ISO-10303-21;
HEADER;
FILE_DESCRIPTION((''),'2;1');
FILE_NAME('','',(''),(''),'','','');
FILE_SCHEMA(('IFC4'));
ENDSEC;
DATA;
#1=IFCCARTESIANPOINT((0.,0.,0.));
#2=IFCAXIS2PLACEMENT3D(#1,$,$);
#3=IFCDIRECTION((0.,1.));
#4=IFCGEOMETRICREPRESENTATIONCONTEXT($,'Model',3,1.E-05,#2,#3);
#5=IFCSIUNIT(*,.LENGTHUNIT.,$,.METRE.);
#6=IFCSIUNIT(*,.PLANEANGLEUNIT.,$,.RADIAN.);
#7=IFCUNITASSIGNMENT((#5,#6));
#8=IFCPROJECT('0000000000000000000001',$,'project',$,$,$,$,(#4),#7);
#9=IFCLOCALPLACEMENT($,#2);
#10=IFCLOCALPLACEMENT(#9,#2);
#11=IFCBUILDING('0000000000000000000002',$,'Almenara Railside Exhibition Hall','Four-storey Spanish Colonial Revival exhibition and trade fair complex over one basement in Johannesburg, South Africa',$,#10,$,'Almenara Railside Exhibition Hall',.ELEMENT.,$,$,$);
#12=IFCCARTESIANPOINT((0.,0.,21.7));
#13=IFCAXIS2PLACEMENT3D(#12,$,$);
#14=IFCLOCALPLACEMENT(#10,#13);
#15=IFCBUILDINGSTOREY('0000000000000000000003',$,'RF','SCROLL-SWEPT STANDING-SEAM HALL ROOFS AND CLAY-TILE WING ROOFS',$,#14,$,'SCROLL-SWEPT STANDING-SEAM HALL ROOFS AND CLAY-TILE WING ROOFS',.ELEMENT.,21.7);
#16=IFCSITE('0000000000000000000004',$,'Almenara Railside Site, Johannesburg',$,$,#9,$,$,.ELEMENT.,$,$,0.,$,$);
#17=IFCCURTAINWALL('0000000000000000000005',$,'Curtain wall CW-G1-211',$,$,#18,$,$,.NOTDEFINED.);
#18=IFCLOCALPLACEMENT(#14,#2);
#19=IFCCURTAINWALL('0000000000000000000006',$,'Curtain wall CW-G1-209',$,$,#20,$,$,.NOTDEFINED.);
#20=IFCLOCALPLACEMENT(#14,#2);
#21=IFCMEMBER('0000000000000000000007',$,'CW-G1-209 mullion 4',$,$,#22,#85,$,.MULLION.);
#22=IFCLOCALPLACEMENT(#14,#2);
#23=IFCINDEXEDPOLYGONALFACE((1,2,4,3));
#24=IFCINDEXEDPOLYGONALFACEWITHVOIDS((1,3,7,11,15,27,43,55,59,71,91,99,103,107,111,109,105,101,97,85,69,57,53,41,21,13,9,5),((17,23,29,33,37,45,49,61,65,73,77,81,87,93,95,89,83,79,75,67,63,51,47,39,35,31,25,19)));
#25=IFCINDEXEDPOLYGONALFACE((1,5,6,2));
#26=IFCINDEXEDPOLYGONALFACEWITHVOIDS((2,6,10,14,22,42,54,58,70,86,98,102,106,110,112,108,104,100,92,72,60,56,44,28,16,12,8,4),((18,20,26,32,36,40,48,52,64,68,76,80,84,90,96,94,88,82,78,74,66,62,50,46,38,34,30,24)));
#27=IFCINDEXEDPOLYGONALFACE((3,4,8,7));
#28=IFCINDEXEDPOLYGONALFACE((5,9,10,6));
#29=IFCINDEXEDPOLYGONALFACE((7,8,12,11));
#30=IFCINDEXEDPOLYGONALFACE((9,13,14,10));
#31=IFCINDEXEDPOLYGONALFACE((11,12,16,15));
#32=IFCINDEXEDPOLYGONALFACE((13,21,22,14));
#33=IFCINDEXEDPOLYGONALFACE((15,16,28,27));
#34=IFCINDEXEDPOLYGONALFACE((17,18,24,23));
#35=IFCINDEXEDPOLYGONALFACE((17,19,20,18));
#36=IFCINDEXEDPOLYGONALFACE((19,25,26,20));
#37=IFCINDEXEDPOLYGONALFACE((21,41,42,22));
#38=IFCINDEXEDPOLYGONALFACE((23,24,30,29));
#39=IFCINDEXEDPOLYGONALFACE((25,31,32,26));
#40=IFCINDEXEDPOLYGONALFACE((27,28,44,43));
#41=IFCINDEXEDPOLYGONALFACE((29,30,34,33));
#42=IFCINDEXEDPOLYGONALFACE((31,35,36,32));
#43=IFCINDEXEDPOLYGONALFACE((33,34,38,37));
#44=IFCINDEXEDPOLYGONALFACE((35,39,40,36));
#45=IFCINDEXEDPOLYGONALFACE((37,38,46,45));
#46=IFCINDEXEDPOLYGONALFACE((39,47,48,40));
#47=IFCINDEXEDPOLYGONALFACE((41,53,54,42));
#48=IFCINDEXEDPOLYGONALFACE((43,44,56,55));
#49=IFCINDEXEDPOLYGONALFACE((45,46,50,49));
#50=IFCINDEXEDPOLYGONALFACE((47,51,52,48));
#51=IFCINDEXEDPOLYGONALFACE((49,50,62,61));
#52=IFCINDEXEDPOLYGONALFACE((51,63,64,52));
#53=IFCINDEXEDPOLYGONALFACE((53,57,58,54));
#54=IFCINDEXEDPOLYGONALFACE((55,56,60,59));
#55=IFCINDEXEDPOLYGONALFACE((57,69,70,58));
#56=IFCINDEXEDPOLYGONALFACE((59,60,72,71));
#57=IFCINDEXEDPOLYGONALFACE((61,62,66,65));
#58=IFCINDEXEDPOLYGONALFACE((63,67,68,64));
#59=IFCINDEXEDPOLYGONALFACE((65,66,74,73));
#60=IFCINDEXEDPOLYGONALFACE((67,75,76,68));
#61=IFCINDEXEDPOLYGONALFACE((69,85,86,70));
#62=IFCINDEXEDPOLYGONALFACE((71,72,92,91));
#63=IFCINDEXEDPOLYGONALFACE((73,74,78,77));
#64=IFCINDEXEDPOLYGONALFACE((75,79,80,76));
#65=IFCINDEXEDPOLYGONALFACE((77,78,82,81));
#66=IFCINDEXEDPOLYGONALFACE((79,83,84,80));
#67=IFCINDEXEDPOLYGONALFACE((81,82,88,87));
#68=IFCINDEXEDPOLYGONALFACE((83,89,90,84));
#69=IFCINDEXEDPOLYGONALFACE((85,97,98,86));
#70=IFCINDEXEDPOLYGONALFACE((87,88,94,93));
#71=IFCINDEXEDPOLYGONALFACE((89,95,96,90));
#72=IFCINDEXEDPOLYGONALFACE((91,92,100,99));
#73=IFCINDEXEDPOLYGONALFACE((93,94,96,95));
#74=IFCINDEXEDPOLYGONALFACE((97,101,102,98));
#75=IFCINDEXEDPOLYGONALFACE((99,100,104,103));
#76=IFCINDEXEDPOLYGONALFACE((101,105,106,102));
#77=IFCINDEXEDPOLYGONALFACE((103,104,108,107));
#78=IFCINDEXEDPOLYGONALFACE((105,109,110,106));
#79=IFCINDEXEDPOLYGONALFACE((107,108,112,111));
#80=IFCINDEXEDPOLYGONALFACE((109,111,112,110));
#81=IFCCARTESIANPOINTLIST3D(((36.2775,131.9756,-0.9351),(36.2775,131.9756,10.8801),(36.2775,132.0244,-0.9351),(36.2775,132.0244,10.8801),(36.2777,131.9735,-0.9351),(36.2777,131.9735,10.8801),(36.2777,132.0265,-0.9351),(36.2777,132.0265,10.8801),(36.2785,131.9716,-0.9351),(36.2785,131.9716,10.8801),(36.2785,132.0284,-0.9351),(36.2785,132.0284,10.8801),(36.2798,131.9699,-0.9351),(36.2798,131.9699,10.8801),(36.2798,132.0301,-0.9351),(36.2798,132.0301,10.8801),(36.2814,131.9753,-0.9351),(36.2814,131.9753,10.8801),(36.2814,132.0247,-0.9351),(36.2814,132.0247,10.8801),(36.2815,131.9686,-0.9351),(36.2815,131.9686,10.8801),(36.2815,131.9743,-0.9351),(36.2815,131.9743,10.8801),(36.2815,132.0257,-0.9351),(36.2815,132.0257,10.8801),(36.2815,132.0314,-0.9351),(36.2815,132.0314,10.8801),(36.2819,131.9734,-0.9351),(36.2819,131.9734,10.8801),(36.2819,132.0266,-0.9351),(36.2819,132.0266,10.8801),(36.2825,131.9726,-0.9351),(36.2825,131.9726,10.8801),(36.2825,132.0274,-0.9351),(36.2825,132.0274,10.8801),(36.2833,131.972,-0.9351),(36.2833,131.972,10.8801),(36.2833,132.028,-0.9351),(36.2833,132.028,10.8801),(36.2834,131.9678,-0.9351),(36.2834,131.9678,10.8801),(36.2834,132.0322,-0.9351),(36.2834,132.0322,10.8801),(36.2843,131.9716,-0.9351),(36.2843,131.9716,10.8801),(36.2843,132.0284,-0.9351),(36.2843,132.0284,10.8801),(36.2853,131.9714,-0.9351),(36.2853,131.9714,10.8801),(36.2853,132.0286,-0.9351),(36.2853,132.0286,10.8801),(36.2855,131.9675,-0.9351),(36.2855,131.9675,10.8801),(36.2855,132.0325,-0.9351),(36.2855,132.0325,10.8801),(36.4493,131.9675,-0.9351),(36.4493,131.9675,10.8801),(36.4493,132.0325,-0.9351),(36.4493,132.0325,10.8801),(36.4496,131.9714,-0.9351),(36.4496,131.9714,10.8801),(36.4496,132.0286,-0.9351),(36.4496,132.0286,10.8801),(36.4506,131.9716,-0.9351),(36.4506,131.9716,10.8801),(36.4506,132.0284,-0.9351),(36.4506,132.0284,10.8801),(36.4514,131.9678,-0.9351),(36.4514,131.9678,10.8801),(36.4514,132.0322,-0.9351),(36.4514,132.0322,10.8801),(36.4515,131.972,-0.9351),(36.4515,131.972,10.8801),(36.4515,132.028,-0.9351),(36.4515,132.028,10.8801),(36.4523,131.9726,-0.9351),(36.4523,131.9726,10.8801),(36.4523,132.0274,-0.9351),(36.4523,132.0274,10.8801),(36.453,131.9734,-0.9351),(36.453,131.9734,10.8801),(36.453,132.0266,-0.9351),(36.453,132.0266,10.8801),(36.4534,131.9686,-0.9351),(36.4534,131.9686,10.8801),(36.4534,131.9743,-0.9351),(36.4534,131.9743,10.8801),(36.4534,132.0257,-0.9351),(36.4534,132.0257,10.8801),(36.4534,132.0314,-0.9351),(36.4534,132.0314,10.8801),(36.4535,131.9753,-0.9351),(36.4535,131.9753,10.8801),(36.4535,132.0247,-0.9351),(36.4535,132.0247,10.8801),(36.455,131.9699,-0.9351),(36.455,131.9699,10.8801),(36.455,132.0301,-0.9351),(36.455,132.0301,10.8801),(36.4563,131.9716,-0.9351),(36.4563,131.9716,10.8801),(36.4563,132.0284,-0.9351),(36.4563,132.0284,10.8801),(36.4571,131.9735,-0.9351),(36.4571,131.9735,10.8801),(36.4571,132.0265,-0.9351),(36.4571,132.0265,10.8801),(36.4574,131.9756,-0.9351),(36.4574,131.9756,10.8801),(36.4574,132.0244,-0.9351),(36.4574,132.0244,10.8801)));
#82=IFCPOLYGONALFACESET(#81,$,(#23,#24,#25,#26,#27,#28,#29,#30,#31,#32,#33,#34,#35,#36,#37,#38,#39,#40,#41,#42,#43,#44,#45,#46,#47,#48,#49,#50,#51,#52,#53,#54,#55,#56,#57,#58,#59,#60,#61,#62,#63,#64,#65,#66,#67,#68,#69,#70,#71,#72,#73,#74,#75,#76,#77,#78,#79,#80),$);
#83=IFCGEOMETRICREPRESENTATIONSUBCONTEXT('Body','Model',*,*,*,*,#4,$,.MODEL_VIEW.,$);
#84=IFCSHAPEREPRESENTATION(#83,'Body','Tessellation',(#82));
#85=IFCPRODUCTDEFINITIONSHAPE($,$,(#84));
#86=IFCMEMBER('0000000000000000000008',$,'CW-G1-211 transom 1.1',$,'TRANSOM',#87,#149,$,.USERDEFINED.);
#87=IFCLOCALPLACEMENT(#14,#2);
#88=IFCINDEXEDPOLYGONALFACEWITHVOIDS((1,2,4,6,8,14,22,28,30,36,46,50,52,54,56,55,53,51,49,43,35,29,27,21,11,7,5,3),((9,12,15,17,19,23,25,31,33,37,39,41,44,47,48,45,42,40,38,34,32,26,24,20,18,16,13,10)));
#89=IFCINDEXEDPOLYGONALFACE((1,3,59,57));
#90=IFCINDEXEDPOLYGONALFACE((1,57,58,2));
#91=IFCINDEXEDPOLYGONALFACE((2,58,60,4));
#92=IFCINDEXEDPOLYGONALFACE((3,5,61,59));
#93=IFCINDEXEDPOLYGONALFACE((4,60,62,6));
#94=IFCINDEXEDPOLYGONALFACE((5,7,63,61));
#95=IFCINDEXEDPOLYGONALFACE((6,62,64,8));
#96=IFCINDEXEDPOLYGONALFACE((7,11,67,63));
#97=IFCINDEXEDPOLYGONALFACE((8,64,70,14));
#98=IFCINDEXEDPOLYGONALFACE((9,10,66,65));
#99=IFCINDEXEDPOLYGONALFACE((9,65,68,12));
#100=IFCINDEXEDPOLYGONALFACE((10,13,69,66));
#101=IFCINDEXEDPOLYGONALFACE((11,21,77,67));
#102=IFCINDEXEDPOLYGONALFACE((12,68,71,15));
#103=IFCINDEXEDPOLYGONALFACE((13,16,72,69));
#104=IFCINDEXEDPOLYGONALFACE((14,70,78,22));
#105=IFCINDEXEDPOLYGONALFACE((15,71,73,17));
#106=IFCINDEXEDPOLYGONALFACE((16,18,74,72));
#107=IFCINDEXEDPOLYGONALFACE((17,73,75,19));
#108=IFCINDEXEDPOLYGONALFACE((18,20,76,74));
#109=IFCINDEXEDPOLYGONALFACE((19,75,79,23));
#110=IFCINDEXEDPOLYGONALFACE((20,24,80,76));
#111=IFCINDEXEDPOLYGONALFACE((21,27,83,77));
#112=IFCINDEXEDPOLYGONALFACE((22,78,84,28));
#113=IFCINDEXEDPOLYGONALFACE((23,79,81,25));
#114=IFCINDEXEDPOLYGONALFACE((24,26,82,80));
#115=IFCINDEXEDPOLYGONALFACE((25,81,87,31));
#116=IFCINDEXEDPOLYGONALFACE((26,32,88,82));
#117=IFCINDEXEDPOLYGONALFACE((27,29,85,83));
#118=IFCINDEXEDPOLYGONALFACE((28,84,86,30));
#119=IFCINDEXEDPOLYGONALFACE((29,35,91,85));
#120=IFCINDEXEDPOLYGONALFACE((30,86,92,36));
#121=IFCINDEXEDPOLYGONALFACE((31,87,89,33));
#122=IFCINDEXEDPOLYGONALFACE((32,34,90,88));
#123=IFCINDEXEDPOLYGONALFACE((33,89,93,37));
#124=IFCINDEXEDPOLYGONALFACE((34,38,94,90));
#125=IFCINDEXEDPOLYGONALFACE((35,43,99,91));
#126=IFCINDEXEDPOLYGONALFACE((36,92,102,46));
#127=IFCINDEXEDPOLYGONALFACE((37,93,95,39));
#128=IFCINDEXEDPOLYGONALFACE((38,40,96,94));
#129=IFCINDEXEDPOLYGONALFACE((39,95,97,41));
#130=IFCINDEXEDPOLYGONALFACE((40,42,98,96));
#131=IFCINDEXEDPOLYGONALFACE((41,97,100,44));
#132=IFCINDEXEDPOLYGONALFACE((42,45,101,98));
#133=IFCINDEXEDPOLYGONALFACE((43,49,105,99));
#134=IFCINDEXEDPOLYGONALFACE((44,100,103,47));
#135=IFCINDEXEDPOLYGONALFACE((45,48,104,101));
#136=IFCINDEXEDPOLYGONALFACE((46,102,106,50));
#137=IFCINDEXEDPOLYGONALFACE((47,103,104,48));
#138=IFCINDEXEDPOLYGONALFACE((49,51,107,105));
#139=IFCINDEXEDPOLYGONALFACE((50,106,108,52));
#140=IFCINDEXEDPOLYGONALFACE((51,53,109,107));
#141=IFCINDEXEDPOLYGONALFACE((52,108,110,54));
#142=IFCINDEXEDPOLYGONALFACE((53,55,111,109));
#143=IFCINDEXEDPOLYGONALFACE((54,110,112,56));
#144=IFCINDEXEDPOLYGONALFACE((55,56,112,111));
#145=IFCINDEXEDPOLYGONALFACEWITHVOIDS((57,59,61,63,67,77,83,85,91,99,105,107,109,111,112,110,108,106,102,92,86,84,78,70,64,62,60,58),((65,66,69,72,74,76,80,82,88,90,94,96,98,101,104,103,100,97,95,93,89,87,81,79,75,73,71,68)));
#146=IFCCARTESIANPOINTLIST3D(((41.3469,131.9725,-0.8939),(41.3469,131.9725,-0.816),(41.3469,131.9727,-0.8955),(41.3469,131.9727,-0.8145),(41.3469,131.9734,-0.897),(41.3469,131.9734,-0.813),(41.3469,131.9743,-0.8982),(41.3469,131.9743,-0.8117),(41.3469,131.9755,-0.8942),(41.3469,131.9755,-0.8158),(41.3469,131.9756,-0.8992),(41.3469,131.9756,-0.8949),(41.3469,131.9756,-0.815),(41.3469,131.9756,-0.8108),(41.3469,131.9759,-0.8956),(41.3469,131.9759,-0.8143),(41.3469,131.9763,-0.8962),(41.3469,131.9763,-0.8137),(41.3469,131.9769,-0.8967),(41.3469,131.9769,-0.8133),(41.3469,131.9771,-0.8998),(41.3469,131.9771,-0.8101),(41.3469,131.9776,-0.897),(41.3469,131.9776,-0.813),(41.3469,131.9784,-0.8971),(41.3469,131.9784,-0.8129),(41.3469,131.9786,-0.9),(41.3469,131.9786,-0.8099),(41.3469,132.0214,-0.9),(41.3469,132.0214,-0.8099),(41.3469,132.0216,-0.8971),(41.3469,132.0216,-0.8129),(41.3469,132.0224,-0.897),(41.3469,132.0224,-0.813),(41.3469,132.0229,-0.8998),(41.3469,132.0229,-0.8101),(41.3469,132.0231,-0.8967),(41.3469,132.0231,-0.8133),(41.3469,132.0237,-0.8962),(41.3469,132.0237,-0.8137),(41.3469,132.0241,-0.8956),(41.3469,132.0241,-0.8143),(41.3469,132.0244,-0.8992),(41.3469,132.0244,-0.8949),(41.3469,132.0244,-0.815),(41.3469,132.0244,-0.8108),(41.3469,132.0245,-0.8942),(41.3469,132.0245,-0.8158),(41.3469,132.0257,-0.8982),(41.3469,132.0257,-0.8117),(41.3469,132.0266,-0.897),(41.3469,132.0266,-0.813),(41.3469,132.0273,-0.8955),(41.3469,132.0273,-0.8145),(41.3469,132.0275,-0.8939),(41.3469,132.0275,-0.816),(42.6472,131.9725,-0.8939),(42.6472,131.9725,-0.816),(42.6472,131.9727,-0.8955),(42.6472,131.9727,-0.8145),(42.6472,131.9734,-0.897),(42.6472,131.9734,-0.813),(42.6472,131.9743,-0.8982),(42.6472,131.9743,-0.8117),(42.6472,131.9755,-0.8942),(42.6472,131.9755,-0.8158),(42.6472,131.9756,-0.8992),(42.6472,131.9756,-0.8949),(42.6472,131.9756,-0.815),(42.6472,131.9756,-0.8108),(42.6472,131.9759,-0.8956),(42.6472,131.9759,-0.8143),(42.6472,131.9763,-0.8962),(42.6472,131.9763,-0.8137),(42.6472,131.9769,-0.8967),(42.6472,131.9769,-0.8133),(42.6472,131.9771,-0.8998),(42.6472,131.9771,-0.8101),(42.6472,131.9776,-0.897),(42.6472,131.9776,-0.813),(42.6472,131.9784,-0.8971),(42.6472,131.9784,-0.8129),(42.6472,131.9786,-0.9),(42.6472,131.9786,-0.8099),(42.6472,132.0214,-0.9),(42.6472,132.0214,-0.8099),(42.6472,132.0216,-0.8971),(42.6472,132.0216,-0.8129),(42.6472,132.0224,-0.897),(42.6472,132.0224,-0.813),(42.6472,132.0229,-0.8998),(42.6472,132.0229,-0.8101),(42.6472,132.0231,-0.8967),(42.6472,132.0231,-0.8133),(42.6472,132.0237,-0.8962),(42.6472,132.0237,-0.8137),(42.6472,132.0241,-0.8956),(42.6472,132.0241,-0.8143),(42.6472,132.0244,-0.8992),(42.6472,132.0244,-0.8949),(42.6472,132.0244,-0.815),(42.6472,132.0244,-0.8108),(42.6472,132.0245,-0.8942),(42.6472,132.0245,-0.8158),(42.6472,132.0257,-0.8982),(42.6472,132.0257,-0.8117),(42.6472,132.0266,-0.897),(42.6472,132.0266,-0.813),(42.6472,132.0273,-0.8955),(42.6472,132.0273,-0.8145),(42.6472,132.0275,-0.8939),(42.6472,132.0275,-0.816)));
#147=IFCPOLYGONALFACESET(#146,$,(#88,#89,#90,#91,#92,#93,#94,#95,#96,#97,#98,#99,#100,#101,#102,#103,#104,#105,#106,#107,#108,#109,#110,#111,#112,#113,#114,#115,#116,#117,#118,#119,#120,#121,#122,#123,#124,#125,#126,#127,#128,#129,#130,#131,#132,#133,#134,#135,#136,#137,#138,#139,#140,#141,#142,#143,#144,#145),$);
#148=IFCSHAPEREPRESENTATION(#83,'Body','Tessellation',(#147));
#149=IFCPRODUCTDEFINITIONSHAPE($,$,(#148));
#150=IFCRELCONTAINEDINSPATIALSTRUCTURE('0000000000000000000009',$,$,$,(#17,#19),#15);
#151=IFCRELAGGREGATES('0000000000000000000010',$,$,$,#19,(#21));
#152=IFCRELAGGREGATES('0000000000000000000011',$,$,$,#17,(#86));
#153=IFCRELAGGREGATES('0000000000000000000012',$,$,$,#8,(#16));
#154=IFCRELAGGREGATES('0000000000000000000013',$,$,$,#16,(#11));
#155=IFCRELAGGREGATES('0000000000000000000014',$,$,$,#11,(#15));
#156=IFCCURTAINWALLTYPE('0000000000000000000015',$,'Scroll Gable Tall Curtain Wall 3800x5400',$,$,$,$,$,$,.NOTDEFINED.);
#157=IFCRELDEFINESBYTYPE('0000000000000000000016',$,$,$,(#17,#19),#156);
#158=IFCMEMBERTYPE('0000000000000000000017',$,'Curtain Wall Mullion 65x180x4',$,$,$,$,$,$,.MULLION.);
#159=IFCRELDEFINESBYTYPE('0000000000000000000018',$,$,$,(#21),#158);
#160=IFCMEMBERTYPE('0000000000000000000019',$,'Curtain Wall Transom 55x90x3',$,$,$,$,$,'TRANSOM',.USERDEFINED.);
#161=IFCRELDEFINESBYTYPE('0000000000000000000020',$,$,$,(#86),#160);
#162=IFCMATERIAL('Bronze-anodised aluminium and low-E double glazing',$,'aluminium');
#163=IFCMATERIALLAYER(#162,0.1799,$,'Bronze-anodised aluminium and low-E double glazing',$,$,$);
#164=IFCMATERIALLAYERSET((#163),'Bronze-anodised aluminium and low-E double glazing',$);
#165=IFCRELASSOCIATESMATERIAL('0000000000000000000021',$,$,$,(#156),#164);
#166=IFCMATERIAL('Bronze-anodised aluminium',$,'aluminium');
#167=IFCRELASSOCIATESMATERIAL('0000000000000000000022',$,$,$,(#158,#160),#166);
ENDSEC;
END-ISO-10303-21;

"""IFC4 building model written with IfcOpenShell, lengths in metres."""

from ifc_helpers import new_model, si_unit, direction, frame, origin, origin_2d, place, context, subcontext, project, spatial, hollow_rectangle, extrude, material, layer, layer_set, material_profile, profile_set, type_object, element, aggregate, save


model = new_model("IFC4")

# Units and contexts
model_context = context("Model", 3, precision=1e-05, world=origin(), true_north=direction((0.0, 1.0)))
body_context = subcontext(model_context, "Body", "Model", "MODEL_VIEW")
ifc_project = project(units=[si_unit("LENGTHUNIT", "METRE"), si_unit("PLANEANGLEUNIT", "RADIAN")], contexts=[model_context])

# Site, building, storey
site_placement = place(None, origin())
site = spatial("IfcSite", under=ifc_project, at=site_placement, Name="Almenara Railside Site, Johannesburg", CompositionType="ELEMENT", RefElevation=0.0)
building_placement = place(site_placement, origin())
building = spatial("IfcBuilding", under=site, at=building_placement, Name="Almenara Railside Exhibition Hall", Description="Four-storey Spanish Colonial Revival exhibition and trade fair complex over one basement in Johannesburg, South Africa", LongName="Almenara Railside Exhibition Hall", CompositionType="ELEMENT")
storey_placement = place(building_placement, frame((0.0, 0.0, 21.7)))
storey = spatial("IfcBuildingStorey", under=building, at=storey_placement, Name="RF", Description="SCROLL-SWEPT STANDING-SEAM HALL ROOFS AND CLAY-TILE WING ROOFS", LongName="SCROLL-SWEPT STANDING-SEAM HALL ROOFS AND CLAY-TILE WING ROOFS", CompositionType="ELEMENT", Elevation=21.7)

# Curtain walls, member
ifc_material_1 = material(Name="Bronze-anodised aluminium and low-E double glazing", Category="aluminium")
ifc_layer_1 = layer(ifc_material_1, 0.1799, Name="Bronze-anodised aluminium and low-E double glazing")
ifc_layer_set_1 = layer_set([ifc_layer_1], Name="Bronze-anodised aluminium and low-E double glazing")
curtain_wall_type = type_object("IfcCurtainWallType", Name="Scroll Gable Tall Curtain Wall 3800x5400", PredefinedType="NOTDEFINED", material=ifc_layer_set_1)
curtain_wall_1_placement = place(storey_placement, origin())
curtain_wall_1 = element("IfcCurtainWall", 1, at=curtain_wall_1_placement, inside=storey, type_object=curtain_wall_type, Name="Curtain wall CW-G1-211", PredefinedType="NOTDEFINED")
ifc_material_2 = material(Name="Bronze-anodised aluminium", Category="aluminium")
curtain_wall_2_placement = place(storey_placement, origin())
curtain_wall_2 = element("IfcCurtainWall", 2, at=curtain_wall_2_placement, inside=storey, type_object=curtain_wall_type, Name="Curtain wall CW-G1-209", PredefinedType="NOTDEFINED")
ifc_material_profile_1 = material_profile(ifc_material_2, hollow_rectangle(XDim=0.0649, YDim=0.1799, WallThickness=0.0039, InnerFilletRadius=0.0039, OuterFilletRadius=0.0081, at=origin_2d()), Name="ALU-MUL 65x180x4")
ifc_profile_set_1 = profile_set([ifc_material_profile_1], Name="Bronze-anodised aluminium")
member_type_1 = type_object("IfcMemberType", Name="Curtain Wall Mullion 65x180x4", PredefinedType="MULLION", material=ifc_profile_set_1)
member_1_placement = place(storey_placement, frame((36.3674, 132.0, -0.9351), z_axis=(0.0, 0.0, 1.0), x_axis=(0.0, 1.0, 0.0)))
member_1 = element("IfcMember", 3, at=member_1_placement, type_object=member_type_1, Name="CW-G1-209 mullion 4", PredefinedType="MULLION", context=body_context, shape_type="SweptSolid", body=[
    extrude(hollow_rectangle(XDim=0.0649, YDim=0.1799, WallThickness=0.0039, InnerFilletRadius=0.0039, OuterFilletRadius=0.0081, at=origin_2d()), origin(), (0.0, 0.0, 1.0), 11.8152),
])

# Member
ifc_material_profile_2 = material_profile(ifc_material_2, hollow_rectangle(XDim=0.0549, YDim=0.0901, WallThickness=0.0029, InnerFilletRadius=0.0029, OuterFilletRadius=0.0061, at=origin_2d()), Name="ALU-TRN 55x90x3")
ifc_profile_set_2 = profile_set([ifc_material_profile_2], Name="Bronze-anodised aluminium")
member_type_2 = type_object("IfcMemberType", Name="Curtain Wall Transom 55x90x3", ElementType="TRANSOM", PredefinedType="USERDEFINED", material=ifc_profile_set_2)
member_2_placement = place(storey_placement, frame((41.3469, 132.0, -0.855), z_axis=(1.0, 0.0, 0.0), x_axis=(0.0, 1.0, 0.0)))
member_2 = element("IfcMember", 4, at=member_2_placement, type_object=member_type_2, Name="CW-G1-211 transom 1.1", ObjectType="TRANSOM", PredefinedType="USERDEFINED", context=body_context, shape_type="SweptSolid", body=[
    extrude(hollow_rectangle(XDim=0.0549, YDim=0.0901, WallThickness=0.0029, InnerFilletRadius=0.0029, OuterFilletRadius=0.0061, at=origin_2d()), origin(), (0.0, 0.0, 1.0), 1.3003),
])

aggregate(curtain_wall_2, [member_1])
aggregate(curtain_wall_1, [member_2])

save(model, "model.ifc")
